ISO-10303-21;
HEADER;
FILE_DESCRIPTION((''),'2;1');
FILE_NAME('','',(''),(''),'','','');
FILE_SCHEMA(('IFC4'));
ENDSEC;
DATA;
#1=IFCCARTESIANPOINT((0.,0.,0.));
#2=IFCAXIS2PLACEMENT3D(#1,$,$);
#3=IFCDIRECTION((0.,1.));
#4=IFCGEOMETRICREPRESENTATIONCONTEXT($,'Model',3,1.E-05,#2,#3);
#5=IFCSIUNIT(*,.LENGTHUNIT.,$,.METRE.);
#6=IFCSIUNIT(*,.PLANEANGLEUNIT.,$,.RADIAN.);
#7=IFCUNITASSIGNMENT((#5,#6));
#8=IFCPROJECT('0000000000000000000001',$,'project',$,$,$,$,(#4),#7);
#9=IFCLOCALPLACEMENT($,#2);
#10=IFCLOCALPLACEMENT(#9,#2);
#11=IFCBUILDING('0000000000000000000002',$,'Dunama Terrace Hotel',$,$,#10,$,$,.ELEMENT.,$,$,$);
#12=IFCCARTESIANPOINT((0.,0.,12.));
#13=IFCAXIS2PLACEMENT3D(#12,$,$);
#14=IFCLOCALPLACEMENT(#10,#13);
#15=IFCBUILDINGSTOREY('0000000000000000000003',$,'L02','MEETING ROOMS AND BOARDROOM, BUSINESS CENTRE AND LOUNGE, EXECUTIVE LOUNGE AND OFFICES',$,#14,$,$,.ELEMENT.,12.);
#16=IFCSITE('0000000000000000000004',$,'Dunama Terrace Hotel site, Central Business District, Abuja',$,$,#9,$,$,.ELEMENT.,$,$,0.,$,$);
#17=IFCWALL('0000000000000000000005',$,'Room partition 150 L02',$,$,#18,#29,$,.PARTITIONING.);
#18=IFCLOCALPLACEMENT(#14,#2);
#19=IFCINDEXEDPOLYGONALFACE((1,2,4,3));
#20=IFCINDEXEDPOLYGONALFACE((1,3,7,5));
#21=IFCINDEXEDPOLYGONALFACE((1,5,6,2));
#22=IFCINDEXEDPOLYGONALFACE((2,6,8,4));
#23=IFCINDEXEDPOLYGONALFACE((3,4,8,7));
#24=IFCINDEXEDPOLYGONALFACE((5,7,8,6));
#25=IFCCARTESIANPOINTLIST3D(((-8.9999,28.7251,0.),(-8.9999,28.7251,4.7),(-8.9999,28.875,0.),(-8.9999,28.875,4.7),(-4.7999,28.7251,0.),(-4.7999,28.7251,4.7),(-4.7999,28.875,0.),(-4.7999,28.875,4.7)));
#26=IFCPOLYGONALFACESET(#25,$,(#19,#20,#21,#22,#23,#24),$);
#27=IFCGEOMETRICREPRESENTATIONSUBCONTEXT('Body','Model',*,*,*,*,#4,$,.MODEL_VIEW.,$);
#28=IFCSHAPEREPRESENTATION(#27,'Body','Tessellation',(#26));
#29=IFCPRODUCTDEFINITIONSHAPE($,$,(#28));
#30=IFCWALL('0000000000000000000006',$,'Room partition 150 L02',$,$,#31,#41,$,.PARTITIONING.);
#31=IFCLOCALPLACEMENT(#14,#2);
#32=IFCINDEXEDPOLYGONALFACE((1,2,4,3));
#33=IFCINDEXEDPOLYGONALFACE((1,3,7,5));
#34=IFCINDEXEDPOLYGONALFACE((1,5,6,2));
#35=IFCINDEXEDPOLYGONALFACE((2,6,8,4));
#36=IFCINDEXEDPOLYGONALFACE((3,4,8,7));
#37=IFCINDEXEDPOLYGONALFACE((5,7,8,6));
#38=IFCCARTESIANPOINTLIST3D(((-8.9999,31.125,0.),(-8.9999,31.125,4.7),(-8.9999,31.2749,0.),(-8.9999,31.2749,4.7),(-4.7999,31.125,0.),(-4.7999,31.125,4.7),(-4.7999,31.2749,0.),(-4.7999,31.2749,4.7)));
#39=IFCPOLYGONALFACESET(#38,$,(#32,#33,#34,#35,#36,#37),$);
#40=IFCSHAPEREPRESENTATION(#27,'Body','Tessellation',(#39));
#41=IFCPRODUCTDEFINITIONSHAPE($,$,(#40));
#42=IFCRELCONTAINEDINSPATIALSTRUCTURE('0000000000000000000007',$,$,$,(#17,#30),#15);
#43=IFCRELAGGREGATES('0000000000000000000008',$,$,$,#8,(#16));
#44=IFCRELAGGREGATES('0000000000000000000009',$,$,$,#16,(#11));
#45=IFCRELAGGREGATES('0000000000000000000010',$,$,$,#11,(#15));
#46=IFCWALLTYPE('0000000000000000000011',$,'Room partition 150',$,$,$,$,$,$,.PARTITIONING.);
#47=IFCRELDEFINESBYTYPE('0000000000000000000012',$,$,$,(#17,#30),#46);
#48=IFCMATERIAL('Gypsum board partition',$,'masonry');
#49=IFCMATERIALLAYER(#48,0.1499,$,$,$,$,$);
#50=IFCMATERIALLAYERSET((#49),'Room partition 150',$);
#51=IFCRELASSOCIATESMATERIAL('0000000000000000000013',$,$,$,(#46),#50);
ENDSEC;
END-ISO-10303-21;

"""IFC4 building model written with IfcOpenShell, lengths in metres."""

from ifc_helpers import new_model, si_unit, direction, frame, frame_2d, origin, place, context, subcontext, project, spatial, rectangle, extrude, material, layer, layer_set, type_object, element, save


model = new_model("IFC4")

# Units and contexts
model_context = context("Model", 3, precision=1e-05, world=origin(), true_north=direction((0.0, 1.0)))
body_context = subcontext(model_context, "Body", "Model", "MODEL_VIEW")
ifc_project = project(units=[si_unit("LENGTHUNIT", "METRE"), si_unit("PLANEANGLEUNIT", "RADIAN")], contexts=[model_context])

# Site, building, storey
site_placement = place(None, origin())
site = spatial("IfcSite", under=ifc_project, at=site_placement, Name="Dunama Terrace Hotel site, Central Business District, Abuja", CompositionType="ELEMENT", RefElevation=0.0)
building_placement = place(site_placement, origin())
building = spatial("IfcBuilding", under=site, at=building_placement, Name="Dunama Terrace Hotel", CompositionType="ELEMENT")
storey_placement = place(building_placement, frame((0.0, 0.0, 12.0)))
storey = spatial("IfcBuildingStorey", under=building, at=storey_placement, Name="L02", Description="MEETING ROOMS AND BOARDROOM, BUSINESS CENTRE AND LOUNGE, EXECUTIVE LOUNGE AND OFFICES", CompositionType="ELEMENT", Elevation=12.0)

# Walls
ifc_material_1 = material(Name="Gypsum board partition", Category="masonry")
ifc_layer_1 = layer(ifc_material_1, 0.1499)
ifc_layer_set_1 = layer_set([ifc_layer_1], Name="Room partition 150")
wall_type_1 = type_object("IfcWallType", Name="Room partition 150", PredefinedType="PARTITIONING", material=ifc_layer_set_1)
for number, where, z_axis, x_axis, name in (
    (1, (-9.0, 28.8, 0.0), (0.0, 0.0, 1.0), (1.0, 0.0, 0.0), "Room partition 150 L02"),
    (2, (-9.0, 31.2, 0.0), (0.0, 0.0, 1.0), (1.0, 0.0, 0.0), "Room partition 150 L02"),
):
    element("IfcWall", number, at=place(storey_placement, frame(where, z_axis=z_axis, x_axis=x_axis)), inside=storey, type_object=wall_type_1, Name=name, PredefinedType="PARTITIONING", context=body_context, shape_type="SweptSolid", body=[
        extrude(rectangle(XDim=4.2, YDim=0.1499, at=frame_2d((2.1001, 0.0))), origin(), (0.0, 0.0, 1.0), 4.7),
    ])

save(model, "model.ifc")
